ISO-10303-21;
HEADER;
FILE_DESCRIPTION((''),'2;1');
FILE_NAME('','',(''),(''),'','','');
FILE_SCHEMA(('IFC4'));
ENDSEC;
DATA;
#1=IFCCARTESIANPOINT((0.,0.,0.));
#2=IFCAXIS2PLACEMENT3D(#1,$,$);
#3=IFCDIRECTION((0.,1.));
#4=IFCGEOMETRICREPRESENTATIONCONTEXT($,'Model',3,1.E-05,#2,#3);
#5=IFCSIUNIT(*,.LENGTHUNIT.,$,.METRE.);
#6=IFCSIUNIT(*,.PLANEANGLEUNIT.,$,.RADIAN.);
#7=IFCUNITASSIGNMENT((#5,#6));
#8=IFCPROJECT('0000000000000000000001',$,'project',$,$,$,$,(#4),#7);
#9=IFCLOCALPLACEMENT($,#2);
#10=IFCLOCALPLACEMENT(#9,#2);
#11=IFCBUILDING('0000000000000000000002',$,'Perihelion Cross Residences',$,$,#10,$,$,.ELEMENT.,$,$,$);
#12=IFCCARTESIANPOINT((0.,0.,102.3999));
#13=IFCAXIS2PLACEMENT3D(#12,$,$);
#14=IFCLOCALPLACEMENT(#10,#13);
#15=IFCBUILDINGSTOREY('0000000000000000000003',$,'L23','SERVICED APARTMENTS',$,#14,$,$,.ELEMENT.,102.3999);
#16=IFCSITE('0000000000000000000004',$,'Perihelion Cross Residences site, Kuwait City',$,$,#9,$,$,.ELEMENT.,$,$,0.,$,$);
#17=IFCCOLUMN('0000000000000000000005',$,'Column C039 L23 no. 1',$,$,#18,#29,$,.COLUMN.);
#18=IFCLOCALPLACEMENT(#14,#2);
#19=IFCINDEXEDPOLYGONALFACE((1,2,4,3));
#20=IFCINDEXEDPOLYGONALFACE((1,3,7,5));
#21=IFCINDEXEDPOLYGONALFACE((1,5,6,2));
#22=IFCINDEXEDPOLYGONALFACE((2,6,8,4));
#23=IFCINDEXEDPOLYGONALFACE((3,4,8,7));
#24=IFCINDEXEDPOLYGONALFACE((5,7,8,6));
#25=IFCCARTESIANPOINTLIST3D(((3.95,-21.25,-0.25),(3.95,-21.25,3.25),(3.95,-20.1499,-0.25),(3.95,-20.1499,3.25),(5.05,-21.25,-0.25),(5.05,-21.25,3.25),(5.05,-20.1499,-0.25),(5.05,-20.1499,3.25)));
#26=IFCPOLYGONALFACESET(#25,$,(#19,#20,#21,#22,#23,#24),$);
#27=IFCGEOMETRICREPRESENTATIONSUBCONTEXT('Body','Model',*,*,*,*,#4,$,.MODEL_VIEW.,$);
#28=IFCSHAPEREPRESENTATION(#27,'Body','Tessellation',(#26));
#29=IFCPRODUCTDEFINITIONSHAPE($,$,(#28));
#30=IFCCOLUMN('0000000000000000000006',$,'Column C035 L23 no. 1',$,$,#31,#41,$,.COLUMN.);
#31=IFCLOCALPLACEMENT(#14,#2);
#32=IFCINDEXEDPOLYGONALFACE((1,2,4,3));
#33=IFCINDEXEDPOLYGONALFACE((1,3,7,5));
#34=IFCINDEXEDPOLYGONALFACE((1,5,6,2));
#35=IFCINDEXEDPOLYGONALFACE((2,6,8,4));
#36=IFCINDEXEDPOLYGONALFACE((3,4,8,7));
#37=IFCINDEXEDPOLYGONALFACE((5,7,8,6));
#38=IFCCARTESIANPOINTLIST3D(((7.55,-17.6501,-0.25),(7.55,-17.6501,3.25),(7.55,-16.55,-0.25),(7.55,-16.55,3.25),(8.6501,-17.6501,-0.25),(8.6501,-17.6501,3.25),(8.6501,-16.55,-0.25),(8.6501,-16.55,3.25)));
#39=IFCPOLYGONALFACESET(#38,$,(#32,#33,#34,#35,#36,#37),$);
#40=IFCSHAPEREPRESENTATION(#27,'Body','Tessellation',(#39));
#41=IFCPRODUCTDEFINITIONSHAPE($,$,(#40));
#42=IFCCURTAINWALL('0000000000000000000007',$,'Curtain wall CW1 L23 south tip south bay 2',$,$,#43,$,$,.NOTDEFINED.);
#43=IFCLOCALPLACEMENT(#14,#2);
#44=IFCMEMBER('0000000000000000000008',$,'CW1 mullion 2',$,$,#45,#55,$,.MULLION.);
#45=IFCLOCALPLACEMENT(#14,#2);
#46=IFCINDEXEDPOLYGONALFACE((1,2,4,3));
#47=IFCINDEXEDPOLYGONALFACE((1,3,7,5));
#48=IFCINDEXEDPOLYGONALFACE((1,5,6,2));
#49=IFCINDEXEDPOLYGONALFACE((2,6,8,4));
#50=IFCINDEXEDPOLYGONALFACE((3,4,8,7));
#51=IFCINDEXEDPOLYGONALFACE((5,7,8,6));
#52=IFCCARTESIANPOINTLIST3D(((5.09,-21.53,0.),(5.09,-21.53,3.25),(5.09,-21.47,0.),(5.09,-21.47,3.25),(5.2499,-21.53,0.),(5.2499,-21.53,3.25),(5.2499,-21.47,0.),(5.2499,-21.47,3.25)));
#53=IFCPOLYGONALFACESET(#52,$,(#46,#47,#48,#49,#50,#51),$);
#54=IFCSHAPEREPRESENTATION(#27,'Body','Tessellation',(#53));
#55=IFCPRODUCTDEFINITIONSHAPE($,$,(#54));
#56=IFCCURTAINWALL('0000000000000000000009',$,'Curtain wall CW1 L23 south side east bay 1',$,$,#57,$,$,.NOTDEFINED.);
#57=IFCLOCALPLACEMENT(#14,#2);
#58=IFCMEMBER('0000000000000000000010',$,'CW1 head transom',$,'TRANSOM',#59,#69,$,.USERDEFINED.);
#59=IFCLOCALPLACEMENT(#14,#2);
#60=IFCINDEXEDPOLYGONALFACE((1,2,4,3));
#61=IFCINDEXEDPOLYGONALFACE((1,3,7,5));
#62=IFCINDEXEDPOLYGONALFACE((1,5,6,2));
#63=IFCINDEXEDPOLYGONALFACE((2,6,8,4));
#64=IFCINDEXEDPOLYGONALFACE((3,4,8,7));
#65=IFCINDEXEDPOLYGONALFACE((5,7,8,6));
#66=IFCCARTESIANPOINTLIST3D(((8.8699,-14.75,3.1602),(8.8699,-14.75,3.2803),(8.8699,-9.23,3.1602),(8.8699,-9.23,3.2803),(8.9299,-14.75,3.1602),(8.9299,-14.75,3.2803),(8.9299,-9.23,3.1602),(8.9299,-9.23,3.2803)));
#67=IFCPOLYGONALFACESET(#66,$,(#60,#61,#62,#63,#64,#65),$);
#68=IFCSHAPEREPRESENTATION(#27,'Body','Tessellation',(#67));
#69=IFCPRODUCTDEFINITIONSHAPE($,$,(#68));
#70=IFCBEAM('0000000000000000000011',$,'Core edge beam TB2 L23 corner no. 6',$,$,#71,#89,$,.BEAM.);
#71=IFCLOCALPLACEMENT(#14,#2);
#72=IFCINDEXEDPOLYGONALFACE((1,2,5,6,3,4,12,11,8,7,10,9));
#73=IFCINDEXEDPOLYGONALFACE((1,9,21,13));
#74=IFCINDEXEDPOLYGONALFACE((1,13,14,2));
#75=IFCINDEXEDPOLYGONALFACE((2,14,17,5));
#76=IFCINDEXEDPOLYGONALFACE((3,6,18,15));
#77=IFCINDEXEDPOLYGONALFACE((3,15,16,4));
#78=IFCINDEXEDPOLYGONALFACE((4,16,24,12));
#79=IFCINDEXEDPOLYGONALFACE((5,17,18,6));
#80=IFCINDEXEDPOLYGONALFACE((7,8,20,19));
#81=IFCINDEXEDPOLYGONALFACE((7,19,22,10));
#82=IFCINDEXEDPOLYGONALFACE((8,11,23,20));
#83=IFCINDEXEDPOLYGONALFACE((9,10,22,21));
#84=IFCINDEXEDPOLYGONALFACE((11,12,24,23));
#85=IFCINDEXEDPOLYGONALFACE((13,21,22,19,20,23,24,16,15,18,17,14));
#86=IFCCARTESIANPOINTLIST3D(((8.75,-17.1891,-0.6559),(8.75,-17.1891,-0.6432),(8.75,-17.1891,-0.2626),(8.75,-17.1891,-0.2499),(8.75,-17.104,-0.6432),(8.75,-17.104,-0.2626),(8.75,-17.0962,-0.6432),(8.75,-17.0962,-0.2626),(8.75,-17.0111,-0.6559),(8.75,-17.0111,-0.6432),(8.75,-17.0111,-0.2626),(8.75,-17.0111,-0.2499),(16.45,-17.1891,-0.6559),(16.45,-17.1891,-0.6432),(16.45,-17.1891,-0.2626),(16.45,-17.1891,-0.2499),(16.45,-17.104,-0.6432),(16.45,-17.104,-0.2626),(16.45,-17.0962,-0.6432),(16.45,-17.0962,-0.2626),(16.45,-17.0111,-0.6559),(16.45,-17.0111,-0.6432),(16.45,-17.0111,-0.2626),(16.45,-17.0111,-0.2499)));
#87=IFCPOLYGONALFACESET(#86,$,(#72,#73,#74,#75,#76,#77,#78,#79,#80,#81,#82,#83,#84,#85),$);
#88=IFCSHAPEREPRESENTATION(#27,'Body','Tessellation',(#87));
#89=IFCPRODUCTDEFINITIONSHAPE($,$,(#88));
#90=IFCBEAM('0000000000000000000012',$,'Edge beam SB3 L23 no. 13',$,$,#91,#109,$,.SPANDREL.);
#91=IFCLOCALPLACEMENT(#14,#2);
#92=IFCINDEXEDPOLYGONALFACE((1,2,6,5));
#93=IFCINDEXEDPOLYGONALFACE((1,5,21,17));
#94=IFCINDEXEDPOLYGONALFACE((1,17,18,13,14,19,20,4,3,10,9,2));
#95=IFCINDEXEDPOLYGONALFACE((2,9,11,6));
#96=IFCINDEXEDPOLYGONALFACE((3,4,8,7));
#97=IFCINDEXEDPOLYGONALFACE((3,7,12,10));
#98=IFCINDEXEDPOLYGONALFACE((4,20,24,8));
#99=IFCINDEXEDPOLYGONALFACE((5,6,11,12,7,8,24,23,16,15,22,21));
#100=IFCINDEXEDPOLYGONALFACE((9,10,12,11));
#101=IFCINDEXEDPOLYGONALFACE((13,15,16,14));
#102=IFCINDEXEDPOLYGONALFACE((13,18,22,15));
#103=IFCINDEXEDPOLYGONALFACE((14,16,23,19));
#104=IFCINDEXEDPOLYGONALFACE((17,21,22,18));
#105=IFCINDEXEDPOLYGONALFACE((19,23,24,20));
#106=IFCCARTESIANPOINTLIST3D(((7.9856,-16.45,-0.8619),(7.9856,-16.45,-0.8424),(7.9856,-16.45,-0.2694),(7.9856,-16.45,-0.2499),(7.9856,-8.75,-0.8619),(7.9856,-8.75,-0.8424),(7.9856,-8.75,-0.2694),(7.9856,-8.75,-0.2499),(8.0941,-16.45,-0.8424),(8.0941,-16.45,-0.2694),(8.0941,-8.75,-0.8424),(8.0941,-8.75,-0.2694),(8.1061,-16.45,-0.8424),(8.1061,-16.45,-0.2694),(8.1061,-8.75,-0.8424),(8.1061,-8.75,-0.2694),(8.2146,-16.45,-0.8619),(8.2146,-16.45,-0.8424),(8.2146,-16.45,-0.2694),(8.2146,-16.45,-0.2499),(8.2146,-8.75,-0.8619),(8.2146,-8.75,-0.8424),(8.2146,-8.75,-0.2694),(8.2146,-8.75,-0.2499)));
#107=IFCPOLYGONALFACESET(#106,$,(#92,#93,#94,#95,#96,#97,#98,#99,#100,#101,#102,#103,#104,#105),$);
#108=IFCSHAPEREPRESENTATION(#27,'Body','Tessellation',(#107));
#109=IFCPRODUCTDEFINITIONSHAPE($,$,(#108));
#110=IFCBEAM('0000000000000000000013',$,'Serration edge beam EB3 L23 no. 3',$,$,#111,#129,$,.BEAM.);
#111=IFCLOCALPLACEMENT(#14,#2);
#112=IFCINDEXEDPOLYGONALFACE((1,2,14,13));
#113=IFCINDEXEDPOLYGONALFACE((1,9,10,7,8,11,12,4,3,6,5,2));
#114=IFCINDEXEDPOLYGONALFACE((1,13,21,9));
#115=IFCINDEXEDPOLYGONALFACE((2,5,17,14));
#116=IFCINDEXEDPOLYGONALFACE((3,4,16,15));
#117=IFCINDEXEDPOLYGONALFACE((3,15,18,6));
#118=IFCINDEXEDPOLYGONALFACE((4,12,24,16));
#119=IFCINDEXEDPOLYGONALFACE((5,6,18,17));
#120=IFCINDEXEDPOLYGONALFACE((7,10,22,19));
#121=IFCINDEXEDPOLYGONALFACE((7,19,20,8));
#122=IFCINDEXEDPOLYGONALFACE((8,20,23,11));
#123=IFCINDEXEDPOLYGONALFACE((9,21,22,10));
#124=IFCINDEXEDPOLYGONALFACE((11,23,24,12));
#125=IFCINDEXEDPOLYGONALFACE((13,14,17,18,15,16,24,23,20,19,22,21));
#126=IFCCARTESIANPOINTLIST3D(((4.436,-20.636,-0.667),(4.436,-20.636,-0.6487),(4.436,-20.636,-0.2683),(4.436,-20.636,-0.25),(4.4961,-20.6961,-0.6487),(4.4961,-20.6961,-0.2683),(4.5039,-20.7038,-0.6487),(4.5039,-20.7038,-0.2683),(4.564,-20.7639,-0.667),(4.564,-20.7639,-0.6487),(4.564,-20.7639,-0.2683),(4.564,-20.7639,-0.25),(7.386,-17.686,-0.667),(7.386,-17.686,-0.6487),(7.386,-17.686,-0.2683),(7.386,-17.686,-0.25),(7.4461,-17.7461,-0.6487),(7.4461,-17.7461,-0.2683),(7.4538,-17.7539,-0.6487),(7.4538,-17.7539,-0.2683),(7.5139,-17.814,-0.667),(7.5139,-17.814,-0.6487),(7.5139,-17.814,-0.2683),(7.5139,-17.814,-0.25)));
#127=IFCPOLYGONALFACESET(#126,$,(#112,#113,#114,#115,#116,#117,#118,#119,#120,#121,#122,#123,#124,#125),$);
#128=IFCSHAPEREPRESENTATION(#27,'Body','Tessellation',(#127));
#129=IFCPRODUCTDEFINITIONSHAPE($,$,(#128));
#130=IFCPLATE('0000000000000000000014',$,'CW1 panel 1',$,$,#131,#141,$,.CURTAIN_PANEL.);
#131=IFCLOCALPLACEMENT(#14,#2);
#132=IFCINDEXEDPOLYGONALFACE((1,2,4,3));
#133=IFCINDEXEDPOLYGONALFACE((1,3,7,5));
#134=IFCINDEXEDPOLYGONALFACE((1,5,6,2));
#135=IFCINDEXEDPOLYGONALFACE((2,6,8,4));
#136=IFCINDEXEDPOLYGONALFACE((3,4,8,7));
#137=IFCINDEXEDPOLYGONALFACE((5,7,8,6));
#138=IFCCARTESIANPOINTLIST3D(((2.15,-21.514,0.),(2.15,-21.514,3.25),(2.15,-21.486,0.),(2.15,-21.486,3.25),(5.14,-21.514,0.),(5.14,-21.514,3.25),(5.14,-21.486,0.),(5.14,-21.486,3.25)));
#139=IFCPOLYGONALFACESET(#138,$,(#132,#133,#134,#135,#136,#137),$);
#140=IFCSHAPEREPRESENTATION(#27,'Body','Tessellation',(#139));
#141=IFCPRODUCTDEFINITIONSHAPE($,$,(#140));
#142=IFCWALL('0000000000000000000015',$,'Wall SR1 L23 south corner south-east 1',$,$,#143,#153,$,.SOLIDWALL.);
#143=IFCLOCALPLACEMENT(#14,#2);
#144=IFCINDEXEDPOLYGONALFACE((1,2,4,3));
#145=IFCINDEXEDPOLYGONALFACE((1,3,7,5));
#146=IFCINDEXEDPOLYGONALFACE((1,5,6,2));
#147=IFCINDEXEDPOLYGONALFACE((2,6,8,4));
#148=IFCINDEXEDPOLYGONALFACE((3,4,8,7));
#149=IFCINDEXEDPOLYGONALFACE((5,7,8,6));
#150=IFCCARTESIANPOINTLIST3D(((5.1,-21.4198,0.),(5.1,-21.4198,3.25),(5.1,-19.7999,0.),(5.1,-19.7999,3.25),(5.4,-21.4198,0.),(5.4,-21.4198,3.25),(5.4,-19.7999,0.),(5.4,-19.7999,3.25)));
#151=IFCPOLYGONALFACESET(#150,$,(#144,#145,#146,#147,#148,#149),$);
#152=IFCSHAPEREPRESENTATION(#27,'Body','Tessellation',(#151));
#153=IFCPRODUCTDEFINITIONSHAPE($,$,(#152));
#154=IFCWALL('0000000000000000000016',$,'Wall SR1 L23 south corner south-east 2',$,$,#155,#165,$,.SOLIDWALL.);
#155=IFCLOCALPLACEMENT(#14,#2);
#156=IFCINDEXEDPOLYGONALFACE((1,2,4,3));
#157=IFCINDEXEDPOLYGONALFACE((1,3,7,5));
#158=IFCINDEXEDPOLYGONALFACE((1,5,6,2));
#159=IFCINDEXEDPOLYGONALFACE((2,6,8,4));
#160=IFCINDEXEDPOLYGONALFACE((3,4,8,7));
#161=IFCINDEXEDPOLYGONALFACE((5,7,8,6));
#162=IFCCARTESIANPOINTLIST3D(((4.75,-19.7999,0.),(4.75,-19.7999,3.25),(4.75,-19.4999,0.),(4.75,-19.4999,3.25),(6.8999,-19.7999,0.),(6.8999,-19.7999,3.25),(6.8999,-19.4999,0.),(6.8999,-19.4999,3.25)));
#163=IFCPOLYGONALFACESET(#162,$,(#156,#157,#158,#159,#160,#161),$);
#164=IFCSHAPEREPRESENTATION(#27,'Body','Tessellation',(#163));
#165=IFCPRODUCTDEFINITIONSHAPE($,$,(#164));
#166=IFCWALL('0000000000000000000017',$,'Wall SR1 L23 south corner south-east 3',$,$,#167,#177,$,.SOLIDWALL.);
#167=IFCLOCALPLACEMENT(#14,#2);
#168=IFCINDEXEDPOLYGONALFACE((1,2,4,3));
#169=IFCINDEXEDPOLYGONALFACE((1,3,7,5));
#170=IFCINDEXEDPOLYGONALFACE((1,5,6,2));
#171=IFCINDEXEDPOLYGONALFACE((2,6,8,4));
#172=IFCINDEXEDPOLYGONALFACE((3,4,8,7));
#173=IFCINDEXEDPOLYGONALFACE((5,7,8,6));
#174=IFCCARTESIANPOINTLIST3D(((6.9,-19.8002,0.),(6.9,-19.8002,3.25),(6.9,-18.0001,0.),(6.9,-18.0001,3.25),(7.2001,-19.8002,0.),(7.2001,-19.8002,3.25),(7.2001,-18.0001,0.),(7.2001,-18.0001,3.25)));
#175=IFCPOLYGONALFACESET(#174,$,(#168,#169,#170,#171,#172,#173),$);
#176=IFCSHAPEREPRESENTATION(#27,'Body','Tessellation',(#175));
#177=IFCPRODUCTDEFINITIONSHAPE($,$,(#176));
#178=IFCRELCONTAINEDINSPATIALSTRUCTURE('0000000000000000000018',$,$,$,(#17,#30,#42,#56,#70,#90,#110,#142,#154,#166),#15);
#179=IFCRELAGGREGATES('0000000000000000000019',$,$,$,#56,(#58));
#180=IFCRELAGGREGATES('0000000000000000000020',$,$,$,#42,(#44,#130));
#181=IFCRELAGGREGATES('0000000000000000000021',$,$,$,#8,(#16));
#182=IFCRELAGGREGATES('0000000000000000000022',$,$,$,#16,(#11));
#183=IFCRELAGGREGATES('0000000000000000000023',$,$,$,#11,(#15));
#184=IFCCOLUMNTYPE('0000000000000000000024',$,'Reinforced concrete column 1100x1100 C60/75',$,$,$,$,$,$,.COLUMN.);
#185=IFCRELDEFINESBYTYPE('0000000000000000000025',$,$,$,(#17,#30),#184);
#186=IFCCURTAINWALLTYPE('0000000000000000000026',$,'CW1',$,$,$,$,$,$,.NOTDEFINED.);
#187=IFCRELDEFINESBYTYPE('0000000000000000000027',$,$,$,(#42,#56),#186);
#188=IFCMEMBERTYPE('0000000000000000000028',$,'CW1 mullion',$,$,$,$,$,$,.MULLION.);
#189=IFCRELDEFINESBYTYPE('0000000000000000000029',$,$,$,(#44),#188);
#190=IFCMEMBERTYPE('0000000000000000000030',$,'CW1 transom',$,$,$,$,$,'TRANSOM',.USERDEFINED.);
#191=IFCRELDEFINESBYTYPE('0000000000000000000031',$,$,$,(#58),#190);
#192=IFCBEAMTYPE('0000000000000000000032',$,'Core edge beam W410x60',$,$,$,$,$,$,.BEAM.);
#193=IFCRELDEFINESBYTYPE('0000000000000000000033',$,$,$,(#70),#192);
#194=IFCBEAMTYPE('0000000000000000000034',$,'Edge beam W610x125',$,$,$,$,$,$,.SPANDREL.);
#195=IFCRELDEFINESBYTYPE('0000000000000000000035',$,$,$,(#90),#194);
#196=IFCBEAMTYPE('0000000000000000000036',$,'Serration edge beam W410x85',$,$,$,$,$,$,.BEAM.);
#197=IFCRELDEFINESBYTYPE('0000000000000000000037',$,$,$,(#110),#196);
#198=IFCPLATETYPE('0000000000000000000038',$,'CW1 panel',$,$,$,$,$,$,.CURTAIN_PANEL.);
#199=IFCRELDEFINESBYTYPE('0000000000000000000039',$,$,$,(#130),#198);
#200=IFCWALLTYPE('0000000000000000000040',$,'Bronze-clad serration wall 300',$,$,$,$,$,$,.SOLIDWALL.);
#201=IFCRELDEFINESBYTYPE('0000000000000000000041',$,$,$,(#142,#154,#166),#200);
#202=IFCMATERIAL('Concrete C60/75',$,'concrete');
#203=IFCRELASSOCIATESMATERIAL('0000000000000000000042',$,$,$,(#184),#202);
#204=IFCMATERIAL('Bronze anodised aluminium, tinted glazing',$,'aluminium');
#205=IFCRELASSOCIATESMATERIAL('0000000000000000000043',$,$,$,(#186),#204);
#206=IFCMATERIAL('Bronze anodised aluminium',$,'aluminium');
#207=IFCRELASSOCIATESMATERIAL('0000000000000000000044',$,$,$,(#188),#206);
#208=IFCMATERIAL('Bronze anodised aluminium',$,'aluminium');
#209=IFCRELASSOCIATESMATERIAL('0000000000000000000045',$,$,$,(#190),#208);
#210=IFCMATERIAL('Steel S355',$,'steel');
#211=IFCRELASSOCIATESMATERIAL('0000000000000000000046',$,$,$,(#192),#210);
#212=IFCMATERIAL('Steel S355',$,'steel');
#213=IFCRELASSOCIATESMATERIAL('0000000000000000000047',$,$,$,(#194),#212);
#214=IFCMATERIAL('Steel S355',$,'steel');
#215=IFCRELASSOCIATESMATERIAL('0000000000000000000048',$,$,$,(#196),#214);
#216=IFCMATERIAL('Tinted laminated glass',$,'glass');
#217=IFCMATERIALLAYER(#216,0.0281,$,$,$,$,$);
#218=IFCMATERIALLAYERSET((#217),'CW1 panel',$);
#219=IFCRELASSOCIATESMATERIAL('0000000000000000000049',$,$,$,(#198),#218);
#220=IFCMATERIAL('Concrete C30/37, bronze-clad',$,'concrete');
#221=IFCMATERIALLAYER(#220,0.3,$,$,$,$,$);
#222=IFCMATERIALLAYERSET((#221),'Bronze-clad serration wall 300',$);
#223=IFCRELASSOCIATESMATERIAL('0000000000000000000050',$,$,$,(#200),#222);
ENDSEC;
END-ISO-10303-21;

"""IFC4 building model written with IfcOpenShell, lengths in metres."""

from ifc_helpers import new_model, si_unit, direction, frame, frame_2d, origin, origin_2d, place, context, subcontext, project, spatial, rectangle, i_section, extrude, material, layer, layer_set, material_profile, profile_set, type_object, element, aggregate, save


model = new_model("IFC4")

# Units and contexts
model_context = context("Model", 3, precision=1e-05, world=origin(), true_north=direction((0.0, 1.0)))
body_context = subcontext(model_context, "Body", "Model", "MODEL_VIEW")
ifc_project = project(units=[si_unit("LENGTHUNIT", "METRE"), si_unit("PLANEANGLEUNIT", "RADIAN")], contexts=[model_context])

# Site, building, storey
site_placement = place(None, origin())
site = spatial("IfcSite", under=ifc_project, at=site_placement, Name="Perihelion Cross Residences site, Kuwait City", CompositionType="ELEMENT", RefElevation=0.0)
building_placement = place(site_placement, origin())
building = spatial("IfcBuilding", under=site, at=building_placement, Name="Perihelion Cross Residences", CompositionType="ELEMENT")
storey_placement = place(building_placement, frame((0.0, 0.0, 102.3999)))
storey = spatial("IfcBuildingStorey", under=building, at=storey_placement, Name="L23", Description="SERVICED APARTMENTS", CompositionType="ELEMENT", Elevation=102.3999)

# Columns
ifc_material_1 = material(Name="Concrete C60/75", Category="concrete")
ifc_material_profile_1 = material_profile(ifc_material_1, rectangle(XDim=1.1001, YDim=1.1001, at=origin_2d()), Name="RC 1100x1100")
ifc_profile_set_1 = profile_set([ifc_material_profile_1], Name="Concrete C60/75")
column_type = type_object("IfcColumnType", Name="Reinforced concrete column 1100x1100 C60/75", PredefinedType="COLUMN", material=ifc_profile_set_1)
for number, where, z_axis, x_axis, name in (
    (1, (4.5, -20.7, -0.25), (0.0, 0.0, 1.0), (1.0, 0.0, 0.0), "Column C039 L23 no. 1"),
    (2, (8.1001, -17.1001, -0.25), (0.0, 0.0, 1.0), (1.0, 0.0, 0.0), "Column C035 L23 no. 1"),
):
    element("IfcColumn", number, at=place(storey_placement, frame(where, z_axis=z_axis, x_axis=x_axis)), inside=storey, type_object=column_type, Name=name, PredefinedType="COLUMN", context=body_context, shape_type="SweptSolid", body=[
        extrude(rectangle(XDim=1.1001, YDim=1.1001, at=origin_2d()), origin(), (0.0, 0.0, 1.0), 3.5),
    ])

# Curtain walls, members
ifc_material_2 = material(Name="Bronze anodised aluminium, tinted glazing", Category="aluminium")
curtain_wall_type = type_object("IfcCurtainWallType", Name="CW1", PredefinedType="NOTDEFINED", material=ifc_material_2)
curtain_wall_1_placement = place(storey_placement, origin())
curtain_wall_1 = element("IfcCurtainWall", 3, at=curtain_wall_1_placement, inside=storey, type_object=curtain_wall_type, Name="Curtain wall CW1 L23 south tip south bay 2", PredefinedType="NOTDEFINED")
ifc_material_3 = material(Name="Bronze anodised aluminium", Category="aluminium")
ifc_material_profile_2 = material_profile(ifc_material_3, rectangle(XDim=0.0601, YDim=0.1599, at=origin_2d()), Name="CW1 mullion")
ifc_profile_set_2 = profile_set([ifc_material_profile_2], Name="Bronze anodised aluminium")
member_type_1 = type_object("IfcMemberType", Name="CW1 mullion", PredefinedType="MULLION", material=ifc_profile_set_2)
member_1_placement = place(storey_placement, frame((5.1699, -21.5, 0.0), z_axis=(0.0, 0.0, 1.0), x_axis=(0.0, 1.0, 0.0)))
member_1 = element("IfcMember", 4, at=member_1_placement, type_object=member_type_1, Name="CW1 mullion 2", PredefinedType="MULLION", context=body_context, shape_type="SweptSolid", body=[
    extrude(rectangle(XDim=0.0601, YDim=0.1599, at=origin_2d()), origin(), (0.0, 0.0, 1.0), 3.25),
])
curtain_wall_2_placement = place(storey_placement, origin())
curtain_wall_2 = element("IfcCurtainWall", 5, at=curtain_wall_2_placement, inside=storey, type_object=curtain_wall_type, Name="Curtain wall CW1 L23 south side east bay 1", PredefinedType="NOTDEFINED")
ifc_material_4 = material(Name="Bronze anodised aluminium", Category="aluminium")
ifc_material_profile_3 = material_profile(ifc_material_4, rectangle(XDim=0.0601, YDim=0.1201, at=origin_2d()), Name="CW1 transom")
ifc_profile_set_3 = profile_set([ifc_material_profile_3], Name="Bronze anodised aluminium")
member_type_2 = type_object("IfcMemberType", Name="CW1 transom", ElementType="TRANSOM", PredefinedType="USERDEFINED", material=ifc_profile_set_3)
member_2_placement = place(storey_placement, frame((8.8999, -14.75, 3.2202), z_axis=(0.0, 1.0, 0.0), x_axis=(-1.0, 0.0, 0.0)))
member_2 = element("IfcMember", 6, at=member_2_placement, type_object=member_type_2, Name="CW1 head transom", ObjectType="TRANSOM", PredefinedType="USERDEFINED", context=body_context, shape_type="SweptSolid", body=[
    extrude(rectangle(XDim=0.0601, YDim=0.1201, at=origin_2d()), origin(), (0.0, 0.0, 1.0), 5.52),
])
aggregate(curtain_wall_2, [member_2])

# Beams
ifc_material_5 = material(Name="Steel S355", Category="steel")
ifc_material_profile_4 = material_profile(ifc_material_5, i_section(OverallWidth=0.178, OverallDepth=0.406, WebThickness=0.0078, FlangeThickness=0.0127, at=origin_2d()), Name="W410x60")
ifc_profile_set_4 = profile_set([ifc_material_profile_4], Name="Steel S355")
beam_type_1 = type_object("IfcBeamType", Name="Core edge beam W410x60", PredefinedType="BEAM", material=ifc_profile_set_4)
beam_1_placement = place(storey_placement, frame((8.75, -17.1001, -0.4529), z_axis=(1.0, 0.0, 0.0), x_axis=(0.0, 1.0, 0.0)))
element("IfcBeam", 7, at=beam_1_placement, inside=storey, type_object=beam_type_1, Name="Core edge beam TB2 L23 corner no. 6", PredefinedType="BEAM", context=body_context, shape_type="SweptSolid", body=[
    extrude(i_section(OverallWidth=0.178, OverallDepth=0.406, WebThickness=0.0078, FlangeThickness=0.0127, at=origin_2d()), origin(), (0.0, 0.0, 1.0), 7.7),
])
ifc_material_6 = material(Name="Steel S355", Category="steel")
ifc_material_profile_5 = material_profile(ifc_material_6, i_section(OverallWidth=0.229, OverallDepth=0.6121, WebThickness=0.012, FlangeThickness=0.0195, at=origin_2d()), Name="W610x125")
ifc_profile_set_5 = profile_set([ifc_material_profile_5], Name="Steel S355")
beam_type_2 = type_object("IfcBeamType", Name="Edge beam W610x125", PredefinedType="SPANDREL", material=ifc_profile_set_5)
beam_2_placement = place(storey_placement, frame((8.1001, -16.45, -0.5559), z_axis=(0.0, 1.0, 0.0), x_axis=(-1.0, 0.0, 0.0)))
element("IfcBeam", 8, at=beam_2_placement, inside=storey, type_object=beam_type_2, Name="Edge beam SB3 L23 no. 13", PredefinedType="SPANDREL", context=body_context, shape_type="SweptSolid", body=[
    extrude(i_section(OverallWidth=0.229, OverallDepth=0.6121, WebThickness=0.012, FlangeThickness=0.0195, at=origin_2d()), origin(), (0.0, 0.0, 1.0), 7.7),
])
ifc_material_7 = material(Name="Steel S355", Category="steel")
ifc_material_profile_6 = material_profile(ifc_material_7, i_section(OverallWidth=0.1809, OverallDepth=0.417, WebThickness=0.011, FlangeThickness=0.0183, at=origin_2d()), Name="W410x85")
ifc_profile_set_6 = profile_set([ifc_material_profile_6], Name="Steel S355")
beam_type_3 = type_object("IfcBeamType", Name="Serration edge beam W410x85", PredefinedType="BEAM", material=ifc_profile_set_6)
beam_3_placement = place(storey_placement, frame((4.5, -20.7, -0.4585), z_axis=(0.707107, 0.707107, 0.0), x_axis=(-0.707107, 0.707107, 0.0)))
element("IfcBeam", 9, at=beam_3_placement, inside=storey, type_object=beam_type_3, Name="Serration edge beam EB3 L23 no. 3", PredefinedType="BEAM", context=body_context, shape_type="SweptSolid", body=[
    extrude(i_section(OverallWidth=0.1809, OverallDepth=0.417, WebThickness=0.011, FlangeThickness=0.0183, at=origin_2d()), origin(), (0.0, 0.0, 1.0), 4.1719),
])

# Plate
ifc_material_8 = material(Name="Tinted laminated glass", Category="glass")
ifc_layer_1 = layer(ifc_material_8, 0.0281)
ifc_layer_set_1 = layer_set([ifc_layer_1], Name="CW1 panel")
plate_type = type_object("IfcPlateType", Name="CW1 panel", PredefinedType="CURTAIN_PANEL", material=ifc_layer_set_1)
plate_placement = place(storey_placement, frame((3.645, -21.5, 0.0), z_axis=(0.0, 0.0, 1.0), x_axis=(1.0, 0.0, 0.0)))
plate = element("IfcPlate", 10, at=plate_placement, type_object=plate_type, Name="CW1 panel 1", PredefinedType="CURTAIN_PANEL", context=body_context, shape_type="SweptSolid", body=[
    extrude(rectangle(XDim=2.99, YDim=0.0281, at=origin_2d()), origin(), (0.0, 0.0, 1.0), 3.25),
])
aggregate(curtain_wall_1, [member_1, plate])

# Walls
ifc_material_9 = material(Name="Concrete C30/37, bronze-clad", Category="concrete")
ifc_layer_2 = layer(ifc_material_9, 0.3)
ifc_layer_set_2 = layer_set([ifc_layer_2], Name="Bronze-clad serration wall 300")
wall_type_1 = type_object("IfcWallType", Name="Bronze-clad serration wall 300", PredefinedType="SOLIDWALL", material=ifc_layer_set_2)
wall_1_placement = place(storey_placement, frame((5.25, -21.4199, 0.0), z_axis=(0.0, 0.0, 1.0), x_axis=(0.0, 1.0, 0.0)))
element("IfcWall", 11, at=wall_1_placement, inside=storey, type_object=wall_type_1, Name="Wall SR1 L23 south corner south-east 1", PredefinedType="SOLIDWALL", context=body_context, shape_type="SweptSolid", body=[
    extrude(rectangle(XDim=1.6199, YDim=0.3, at=frame_2d((0.8101, 0.0))), origin(), (0.0, 0.0, 1.0), 3.25),
])
wall_2_placement = place(storey_placement, frame((4.75, -19.6499, 0.0), z_axis=(0.0, 0.0, 1.0), x_axis=(1.0, 0.0, 0.0)))
element("IfcWall", 12, at=wall_2_placement, inside=storey, type_object=wall_type_1, Name="Wall SR1 L23 south corner south-east 2", PredefinedType="SOLIDWALL", context=body_context, shape_type="SweptSolid", body=[
    extrude(rectangle(XDim=2.1499, YDim=0.3, at=frame_2d((1.075, 0.0))), origin(), (0.0, 0.0, 1.0), 3.25),
])
wall_3_placement = place(storey_placement, frame((7.05, -19.8, 0.0), z_axis=(0.0, 0.0, 1.0), x_axis=(0.0, 1.0, 0.0)))
element("IfcWall", 13, at=wall_3_placement, inside=storey, type_object=wall_type_1, Name="Wall SR1 L23 south corner south-east 3", PredefinedType="SOLIDWALL", context=body_context, shape_type="SweptSolid", body=[
    extrude(rectangle(XDim=1.8, YDim=0.3, at=frame_2d((0.8999, 0.0))), origin(), (0.0, 0.0, 1.0), 3.25),
])

save(model, "model.ifc")
